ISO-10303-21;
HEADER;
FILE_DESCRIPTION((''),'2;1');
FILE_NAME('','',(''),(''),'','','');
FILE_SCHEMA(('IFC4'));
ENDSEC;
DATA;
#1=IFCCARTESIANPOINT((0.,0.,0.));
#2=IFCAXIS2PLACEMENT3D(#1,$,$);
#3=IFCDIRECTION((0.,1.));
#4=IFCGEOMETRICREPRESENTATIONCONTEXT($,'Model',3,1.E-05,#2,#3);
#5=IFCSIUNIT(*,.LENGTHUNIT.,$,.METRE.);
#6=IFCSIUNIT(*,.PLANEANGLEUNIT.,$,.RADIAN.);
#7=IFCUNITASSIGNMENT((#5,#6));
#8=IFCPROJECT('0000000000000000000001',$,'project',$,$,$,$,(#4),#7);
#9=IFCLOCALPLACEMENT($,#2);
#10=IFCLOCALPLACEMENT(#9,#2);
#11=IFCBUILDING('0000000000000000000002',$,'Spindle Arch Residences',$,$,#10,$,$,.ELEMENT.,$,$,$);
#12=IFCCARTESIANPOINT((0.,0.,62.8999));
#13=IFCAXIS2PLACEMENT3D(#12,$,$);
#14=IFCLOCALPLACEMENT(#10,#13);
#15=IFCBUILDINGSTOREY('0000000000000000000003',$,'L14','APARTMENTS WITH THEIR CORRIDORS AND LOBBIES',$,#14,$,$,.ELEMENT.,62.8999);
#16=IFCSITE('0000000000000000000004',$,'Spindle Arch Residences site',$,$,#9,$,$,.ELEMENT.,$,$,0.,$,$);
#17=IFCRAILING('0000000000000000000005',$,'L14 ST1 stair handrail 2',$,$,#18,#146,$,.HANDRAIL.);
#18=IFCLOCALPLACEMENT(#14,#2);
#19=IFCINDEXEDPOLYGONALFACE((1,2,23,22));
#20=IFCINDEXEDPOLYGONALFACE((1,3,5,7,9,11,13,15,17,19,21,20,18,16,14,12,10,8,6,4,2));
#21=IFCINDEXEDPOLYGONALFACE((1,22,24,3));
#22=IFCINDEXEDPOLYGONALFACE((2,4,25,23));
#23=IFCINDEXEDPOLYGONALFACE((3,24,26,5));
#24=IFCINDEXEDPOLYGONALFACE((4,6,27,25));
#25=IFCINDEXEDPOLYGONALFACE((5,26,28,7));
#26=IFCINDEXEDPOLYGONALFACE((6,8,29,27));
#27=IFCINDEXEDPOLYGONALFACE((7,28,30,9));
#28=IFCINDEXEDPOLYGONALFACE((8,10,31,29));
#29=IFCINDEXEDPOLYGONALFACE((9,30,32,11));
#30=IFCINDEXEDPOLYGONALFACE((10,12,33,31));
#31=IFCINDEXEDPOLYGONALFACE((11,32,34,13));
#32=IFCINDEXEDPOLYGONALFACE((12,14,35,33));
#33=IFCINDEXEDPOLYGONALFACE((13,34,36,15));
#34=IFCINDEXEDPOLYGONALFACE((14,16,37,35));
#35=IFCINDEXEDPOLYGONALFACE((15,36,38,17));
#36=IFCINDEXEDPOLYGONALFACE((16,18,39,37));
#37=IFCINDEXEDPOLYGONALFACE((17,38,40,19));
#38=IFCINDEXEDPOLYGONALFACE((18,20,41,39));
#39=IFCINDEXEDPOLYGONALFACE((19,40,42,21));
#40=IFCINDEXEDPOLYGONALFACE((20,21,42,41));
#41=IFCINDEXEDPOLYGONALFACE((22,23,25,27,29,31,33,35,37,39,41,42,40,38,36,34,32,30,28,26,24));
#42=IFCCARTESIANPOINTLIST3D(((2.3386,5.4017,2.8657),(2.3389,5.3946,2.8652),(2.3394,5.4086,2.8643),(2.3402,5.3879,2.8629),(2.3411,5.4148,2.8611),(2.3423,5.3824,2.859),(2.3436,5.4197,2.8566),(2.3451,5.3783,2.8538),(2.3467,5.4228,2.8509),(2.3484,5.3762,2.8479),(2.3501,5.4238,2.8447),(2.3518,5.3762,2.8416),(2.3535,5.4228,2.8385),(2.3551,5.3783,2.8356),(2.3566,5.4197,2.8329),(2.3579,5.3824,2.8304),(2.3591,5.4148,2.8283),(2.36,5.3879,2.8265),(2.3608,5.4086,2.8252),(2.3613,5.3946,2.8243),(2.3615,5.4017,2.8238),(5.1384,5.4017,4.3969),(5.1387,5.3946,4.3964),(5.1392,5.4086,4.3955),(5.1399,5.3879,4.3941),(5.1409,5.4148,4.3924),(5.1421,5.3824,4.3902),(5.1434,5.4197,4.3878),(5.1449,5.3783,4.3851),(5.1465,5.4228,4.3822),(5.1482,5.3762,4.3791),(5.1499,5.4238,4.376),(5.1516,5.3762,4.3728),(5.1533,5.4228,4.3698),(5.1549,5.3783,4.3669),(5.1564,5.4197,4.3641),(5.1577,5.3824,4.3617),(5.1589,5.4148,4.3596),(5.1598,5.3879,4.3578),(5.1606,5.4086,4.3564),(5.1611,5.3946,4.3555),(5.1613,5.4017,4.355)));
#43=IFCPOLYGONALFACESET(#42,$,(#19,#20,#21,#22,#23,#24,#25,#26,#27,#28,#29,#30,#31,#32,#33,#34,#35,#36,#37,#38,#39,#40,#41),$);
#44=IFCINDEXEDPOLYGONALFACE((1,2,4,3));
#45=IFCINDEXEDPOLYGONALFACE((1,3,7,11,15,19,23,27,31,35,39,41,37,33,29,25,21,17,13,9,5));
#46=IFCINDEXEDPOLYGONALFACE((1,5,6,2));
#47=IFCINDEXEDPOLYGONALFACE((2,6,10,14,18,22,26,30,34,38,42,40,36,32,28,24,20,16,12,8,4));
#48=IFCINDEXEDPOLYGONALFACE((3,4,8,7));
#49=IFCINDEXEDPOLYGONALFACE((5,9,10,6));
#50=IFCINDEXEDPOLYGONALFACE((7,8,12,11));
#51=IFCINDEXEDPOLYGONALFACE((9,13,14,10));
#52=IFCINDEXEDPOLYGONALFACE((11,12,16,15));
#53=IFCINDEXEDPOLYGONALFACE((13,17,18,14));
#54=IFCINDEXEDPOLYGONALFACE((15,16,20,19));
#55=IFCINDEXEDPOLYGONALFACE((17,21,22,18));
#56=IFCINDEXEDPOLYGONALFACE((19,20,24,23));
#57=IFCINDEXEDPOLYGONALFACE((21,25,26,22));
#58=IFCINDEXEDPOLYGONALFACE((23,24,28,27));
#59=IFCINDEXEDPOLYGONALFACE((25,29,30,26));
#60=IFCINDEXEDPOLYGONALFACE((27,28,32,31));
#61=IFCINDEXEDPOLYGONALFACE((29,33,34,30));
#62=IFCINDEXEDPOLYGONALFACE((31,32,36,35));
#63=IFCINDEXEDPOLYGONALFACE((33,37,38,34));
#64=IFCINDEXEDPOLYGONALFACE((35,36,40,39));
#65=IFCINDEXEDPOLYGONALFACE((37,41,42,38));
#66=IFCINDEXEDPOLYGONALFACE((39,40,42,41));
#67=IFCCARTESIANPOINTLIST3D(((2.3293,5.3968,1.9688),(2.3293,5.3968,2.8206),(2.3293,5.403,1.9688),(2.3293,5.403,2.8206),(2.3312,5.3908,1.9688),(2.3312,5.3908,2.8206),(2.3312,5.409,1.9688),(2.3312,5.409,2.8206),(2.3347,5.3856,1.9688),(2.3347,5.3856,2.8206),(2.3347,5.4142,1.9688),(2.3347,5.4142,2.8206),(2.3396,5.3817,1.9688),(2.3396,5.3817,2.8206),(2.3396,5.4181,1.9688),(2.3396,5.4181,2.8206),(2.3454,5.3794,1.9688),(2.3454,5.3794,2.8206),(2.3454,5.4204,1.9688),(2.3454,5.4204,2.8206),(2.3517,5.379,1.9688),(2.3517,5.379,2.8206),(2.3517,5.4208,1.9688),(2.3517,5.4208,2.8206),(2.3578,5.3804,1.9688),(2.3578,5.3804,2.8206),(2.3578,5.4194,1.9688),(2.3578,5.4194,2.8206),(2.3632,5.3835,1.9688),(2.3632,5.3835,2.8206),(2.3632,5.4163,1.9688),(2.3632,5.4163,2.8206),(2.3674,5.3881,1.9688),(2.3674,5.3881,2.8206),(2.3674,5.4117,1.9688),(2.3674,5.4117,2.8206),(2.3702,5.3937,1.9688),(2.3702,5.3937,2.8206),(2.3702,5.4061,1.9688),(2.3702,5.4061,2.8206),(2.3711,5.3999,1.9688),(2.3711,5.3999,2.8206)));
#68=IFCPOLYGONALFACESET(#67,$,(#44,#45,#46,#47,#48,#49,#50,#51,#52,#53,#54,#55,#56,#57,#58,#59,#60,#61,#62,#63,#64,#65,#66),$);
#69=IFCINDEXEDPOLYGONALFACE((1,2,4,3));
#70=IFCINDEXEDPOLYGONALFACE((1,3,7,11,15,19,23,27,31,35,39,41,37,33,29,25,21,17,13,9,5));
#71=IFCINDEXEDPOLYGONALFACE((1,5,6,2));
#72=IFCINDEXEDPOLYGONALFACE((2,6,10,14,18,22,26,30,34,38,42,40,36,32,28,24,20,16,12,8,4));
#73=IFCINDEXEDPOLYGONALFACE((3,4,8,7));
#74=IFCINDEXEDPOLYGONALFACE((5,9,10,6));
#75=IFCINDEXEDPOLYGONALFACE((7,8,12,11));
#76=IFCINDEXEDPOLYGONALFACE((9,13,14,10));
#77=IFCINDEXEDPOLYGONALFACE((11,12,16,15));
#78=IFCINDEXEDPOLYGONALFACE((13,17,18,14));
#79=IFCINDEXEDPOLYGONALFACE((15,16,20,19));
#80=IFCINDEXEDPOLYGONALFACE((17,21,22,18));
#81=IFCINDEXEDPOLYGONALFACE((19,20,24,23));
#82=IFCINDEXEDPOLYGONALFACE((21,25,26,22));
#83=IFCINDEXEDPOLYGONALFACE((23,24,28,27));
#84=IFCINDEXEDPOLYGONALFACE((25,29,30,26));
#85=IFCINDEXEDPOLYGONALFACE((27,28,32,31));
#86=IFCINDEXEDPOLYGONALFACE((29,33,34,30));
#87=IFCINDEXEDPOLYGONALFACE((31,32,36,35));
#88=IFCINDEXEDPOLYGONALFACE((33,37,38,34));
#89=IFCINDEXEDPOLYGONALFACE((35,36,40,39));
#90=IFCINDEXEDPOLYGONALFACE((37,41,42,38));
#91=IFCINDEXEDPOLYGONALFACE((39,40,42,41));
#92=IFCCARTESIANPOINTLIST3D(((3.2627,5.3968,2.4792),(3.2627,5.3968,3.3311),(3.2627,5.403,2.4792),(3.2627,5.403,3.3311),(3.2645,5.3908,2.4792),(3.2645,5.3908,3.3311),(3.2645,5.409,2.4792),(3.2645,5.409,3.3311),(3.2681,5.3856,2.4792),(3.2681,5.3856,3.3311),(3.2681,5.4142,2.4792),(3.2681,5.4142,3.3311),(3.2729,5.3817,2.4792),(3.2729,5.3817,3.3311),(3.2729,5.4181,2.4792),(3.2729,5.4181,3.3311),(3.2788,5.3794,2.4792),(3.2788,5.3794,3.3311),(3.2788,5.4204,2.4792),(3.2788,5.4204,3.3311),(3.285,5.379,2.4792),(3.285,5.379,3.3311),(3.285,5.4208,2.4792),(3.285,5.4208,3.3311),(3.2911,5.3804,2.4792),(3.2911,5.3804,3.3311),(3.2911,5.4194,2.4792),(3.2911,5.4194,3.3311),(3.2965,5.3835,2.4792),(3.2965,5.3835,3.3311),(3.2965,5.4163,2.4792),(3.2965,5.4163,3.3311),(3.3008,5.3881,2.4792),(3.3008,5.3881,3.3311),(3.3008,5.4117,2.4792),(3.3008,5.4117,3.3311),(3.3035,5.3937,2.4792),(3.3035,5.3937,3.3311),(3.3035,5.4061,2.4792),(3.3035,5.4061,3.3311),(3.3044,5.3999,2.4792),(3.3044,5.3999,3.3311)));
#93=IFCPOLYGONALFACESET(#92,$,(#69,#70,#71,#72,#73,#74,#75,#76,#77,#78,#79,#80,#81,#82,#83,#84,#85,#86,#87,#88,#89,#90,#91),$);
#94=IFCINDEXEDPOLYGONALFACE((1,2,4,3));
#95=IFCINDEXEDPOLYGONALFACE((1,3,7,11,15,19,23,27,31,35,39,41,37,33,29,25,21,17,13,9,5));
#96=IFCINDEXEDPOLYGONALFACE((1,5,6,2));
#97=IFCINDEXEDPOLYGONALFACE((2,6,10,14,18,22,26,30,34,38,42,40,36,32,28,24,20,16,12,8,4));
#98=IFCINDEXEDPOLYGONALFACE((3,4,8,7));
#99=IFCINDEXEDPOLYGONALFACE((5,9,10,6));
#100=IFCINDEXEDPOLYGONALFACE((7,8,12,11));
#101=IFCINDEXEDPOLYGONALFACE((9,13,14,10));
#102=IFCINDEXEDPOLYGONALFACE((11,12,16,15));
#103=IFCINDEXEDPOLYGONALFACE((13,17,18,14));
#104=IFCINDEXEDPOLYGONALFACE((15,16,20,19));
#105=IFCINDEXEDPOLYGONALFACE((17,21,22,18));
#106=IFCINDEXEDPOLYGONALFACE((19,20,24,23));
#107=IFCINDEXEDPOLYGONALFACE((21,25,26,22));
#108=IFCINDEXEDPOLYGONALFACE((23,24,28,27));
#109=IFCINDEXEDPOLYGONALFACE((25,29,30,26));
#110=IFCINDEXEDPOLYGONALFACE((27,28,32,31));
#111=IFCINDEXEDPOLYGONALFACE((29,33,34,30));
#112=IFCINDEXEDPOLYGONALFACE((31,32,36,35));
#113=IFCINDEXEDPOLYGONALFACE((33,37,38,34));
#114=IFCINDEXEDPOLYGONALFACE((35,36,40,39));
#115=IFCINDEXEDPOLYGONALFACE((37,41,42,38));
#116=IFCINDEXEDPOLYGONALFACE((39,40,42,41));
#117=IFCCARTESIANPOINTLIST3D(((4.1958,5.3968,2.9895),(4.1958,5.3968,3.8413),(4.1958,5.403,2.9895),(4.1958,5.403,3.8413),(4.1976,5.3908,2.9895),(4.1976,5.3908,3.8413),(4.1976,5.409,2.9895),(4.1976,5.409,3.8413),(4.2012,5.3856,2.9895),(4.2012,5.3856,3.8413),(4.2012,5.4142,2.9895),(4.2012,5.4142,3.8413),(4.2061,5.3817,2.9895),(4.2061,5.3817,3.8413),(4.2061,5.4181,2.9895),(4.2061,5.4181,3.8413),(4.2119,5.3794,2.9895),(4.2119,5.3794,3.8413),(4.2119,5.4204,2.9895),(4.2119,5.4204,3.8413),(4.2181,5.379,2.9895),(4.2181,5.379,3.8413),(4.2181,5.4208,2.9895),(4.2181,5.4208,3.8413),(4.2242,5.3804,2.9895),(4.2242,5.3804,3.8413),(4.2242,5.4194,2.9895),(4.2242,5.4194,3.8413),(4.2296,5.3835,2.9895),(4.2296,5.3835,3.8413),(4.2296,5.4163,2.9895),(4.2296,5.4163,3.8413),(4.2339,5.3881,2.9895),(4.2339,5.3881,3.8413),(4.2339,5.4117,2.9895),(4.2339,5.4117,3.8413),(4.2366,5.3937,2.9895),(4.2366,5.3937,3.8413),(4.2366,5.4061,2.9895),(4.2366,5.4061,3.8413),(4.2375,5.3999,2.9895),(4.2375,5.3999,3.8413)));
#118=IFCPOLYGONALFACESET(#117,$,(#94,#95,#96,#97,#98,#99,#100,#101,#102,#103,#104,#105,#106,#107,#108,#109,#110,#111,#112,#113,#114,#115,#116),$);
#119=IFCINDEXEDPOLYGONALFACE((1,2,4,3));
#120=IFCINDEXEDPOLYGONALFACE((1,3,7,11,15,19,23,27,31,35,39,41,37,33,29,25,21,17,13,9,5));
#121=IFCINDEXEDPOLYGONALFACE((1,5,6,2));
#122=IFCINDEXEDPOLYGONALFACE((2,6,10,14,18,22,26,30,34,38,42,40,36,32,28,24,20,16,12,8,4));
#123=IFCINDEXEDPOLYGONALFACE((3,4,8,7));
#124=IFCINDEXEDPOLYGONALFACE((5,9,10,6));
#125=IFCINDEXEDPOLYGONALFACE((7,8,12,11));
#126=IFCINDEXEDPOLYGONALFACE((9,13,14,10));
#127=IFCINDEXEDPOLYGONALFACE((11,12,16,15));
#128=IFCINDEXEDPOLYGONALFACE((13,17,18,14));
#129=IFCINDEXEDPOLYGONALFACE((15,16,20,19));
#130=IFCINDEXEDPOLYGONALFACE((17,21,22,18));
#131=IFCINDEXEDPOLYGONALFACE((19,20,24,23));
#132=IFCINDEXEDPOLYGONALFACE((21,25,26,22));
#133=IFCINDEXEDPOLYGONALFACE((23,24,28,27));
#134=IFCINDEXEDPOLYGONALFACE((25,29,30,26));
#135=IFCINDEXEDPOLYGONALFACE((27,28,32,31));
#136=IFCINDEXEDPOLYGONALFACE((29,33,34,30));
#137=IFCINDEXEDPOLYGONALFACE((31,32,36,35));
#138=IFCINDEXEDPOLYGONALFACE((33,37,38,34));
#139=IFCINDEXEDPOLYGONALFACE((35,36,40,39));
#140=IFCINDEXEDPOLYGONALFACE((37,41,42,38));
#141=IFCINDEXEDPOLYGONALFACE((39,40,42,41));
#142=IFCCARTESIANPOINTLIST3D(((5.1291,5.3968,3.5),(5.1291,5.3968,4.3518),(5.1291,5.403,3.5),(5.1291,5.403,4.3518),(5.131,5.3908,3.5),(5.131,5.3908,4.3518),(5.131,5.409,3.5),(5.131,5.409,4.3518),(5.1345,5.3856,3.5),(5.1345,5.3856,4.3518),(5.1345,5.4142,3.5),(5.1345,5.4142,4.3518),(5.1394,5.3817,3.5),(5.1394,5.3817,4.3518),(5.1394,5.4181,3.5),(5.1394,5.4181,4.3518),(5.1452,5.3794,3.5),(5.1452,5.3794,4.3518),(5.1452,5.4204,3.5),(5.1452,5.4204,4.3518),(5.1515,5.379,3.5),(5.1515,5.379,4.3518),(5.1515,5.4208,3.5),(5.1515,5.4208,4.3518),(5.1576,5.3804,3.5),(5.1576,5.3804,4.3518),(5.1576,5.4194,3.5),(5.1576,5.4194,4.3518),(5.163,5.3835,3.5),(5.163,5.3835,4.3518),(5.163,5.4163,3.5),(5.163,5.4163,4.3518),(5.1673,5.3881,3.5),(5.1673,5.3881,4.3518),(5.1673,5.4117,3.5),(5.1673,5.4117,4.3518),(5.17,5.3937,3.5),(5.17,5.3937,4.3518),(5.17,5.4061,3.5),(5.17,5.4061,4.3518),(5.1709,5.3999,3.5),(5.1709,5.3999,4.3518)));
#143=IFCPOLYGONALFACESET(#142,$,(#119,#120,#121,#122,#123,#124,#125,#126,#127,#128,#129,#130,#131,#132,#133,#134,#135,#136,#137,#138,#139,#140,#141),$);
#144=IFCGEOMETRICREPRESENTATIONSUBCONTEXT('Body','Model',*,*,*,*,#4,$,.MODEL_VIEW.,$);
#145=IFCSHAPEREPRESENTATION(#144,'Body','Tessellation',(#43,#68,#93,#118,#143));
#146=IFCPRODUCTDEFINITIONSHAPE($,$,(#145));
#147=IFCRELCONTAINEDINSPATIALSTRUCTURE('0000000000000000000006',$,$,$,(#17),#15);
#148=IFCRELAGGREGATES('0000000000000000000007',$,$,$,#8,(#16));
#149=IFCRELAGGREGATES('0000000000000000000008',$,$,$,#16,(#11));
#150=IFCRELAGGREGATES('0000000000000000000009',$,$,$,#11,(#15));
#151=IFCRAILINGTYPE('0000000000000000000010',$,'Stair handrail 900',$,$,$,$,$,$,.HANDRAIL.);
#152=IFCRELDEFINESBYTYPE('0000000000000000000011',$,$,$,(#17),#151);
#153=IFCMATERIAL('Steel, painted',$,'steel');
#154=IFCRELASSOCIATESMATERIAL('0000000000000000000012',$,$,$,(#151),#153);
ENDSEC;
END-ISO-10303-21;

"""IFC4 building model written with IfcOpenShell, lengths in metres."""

from ifc_helpers import new_model, si_unit, direction, frame, origin, origin_2d, place, context, subcontext, project, spatial, circle, extrude, material, type_object, element, save


model = new_model("IFC4")

# Units and contexts
model_context = context("Model", 3, precision=1e-05, world=origin(), true_north=direction((0.0, 1.0)))
body_context = subcontext(model_context, "Body", "Model", "MODEL_VIEW")
ifc_project = project(units=[si_unit("LENGTHUNIT", "METRE"), si_unit("PLANEANGLEUNIT", "RADIAN")], contexts=[model_context])

# Site, building, storey
site_placement = place(None, origin())
site = spatial("IfcSite", under=ifc_project, at=site_placement, Name="Spindle Arch Residences site", CompositionType="ELEMENT", RefElevation=0.0)
building_placement = place(site_placement, origin())
building = spatial("IfcBuilding", under=site, at=building_placement, Name="Spindle Arch Residences", CompositionType="ELEMENT")
storey_placement = place(building_placement, frame((0.0, 0.0, 62.8999)))
storey = spatial("IfcBuildingStorey", under=building, at=storey_placement, Name="L14", Description="APARTMENTS WITH THEIR CORRIDORS AND LOBBIES", CompositionType="ELEMENT", Elevation=62.8999)

# Railing
ifc_material_1 = material(Name="Steel, painted", Category="steel")
railing_type_1 = type_object("IfcRailingType", Name="Stair handrail 900", PredefinedType="HANDRAIL", material=ifc_material_1)
railing_1_placement = place(storey_placement, frame((2.3501, 5.3999, 1.9688)))
element("IfcRailing", 1, at=railing_1_placement, inside=storey, type_object=railing_type_1, Name="L14 ST1 stair handrail 2", PredefinedType="HANDRAIL", context=body_context, shape_type="SweptSolid", body=[
    extrude(circle(Radius=0.0239, at=origin_2d()), frame((0.0, 0.0, 0.876), z_axis=(0.877357, 0.0, 0.479838), x_axis=(0.0, 1.0, 0.0)), (0.0, 0.0, 1.0), 3.1912),
    extrude(circle(Radius=0.021, at=origin_2d()), origin(), (0.0, 0.0, 1.0), 0.8518),
    extrude(circle(Radius=0.021, at=origin_2d()), frame((0.9333, 0.0, 0.5105)), (0.0, 0.0, 1.0), 0.8518),
    extrude(circle(Radius=0.021, at=origin_2d()), frame((1.8665, 0.0, 1.0208)), (0.0, 0.0, 1.0), 0.8518),
    extrude(circle(Radius=0.021, at=origin_2d()), frame((2.7998, 0.0, 1.5312)), (0.0, 0.0, 1.0), 0.8518),
])

save(model, "model.ifc")
